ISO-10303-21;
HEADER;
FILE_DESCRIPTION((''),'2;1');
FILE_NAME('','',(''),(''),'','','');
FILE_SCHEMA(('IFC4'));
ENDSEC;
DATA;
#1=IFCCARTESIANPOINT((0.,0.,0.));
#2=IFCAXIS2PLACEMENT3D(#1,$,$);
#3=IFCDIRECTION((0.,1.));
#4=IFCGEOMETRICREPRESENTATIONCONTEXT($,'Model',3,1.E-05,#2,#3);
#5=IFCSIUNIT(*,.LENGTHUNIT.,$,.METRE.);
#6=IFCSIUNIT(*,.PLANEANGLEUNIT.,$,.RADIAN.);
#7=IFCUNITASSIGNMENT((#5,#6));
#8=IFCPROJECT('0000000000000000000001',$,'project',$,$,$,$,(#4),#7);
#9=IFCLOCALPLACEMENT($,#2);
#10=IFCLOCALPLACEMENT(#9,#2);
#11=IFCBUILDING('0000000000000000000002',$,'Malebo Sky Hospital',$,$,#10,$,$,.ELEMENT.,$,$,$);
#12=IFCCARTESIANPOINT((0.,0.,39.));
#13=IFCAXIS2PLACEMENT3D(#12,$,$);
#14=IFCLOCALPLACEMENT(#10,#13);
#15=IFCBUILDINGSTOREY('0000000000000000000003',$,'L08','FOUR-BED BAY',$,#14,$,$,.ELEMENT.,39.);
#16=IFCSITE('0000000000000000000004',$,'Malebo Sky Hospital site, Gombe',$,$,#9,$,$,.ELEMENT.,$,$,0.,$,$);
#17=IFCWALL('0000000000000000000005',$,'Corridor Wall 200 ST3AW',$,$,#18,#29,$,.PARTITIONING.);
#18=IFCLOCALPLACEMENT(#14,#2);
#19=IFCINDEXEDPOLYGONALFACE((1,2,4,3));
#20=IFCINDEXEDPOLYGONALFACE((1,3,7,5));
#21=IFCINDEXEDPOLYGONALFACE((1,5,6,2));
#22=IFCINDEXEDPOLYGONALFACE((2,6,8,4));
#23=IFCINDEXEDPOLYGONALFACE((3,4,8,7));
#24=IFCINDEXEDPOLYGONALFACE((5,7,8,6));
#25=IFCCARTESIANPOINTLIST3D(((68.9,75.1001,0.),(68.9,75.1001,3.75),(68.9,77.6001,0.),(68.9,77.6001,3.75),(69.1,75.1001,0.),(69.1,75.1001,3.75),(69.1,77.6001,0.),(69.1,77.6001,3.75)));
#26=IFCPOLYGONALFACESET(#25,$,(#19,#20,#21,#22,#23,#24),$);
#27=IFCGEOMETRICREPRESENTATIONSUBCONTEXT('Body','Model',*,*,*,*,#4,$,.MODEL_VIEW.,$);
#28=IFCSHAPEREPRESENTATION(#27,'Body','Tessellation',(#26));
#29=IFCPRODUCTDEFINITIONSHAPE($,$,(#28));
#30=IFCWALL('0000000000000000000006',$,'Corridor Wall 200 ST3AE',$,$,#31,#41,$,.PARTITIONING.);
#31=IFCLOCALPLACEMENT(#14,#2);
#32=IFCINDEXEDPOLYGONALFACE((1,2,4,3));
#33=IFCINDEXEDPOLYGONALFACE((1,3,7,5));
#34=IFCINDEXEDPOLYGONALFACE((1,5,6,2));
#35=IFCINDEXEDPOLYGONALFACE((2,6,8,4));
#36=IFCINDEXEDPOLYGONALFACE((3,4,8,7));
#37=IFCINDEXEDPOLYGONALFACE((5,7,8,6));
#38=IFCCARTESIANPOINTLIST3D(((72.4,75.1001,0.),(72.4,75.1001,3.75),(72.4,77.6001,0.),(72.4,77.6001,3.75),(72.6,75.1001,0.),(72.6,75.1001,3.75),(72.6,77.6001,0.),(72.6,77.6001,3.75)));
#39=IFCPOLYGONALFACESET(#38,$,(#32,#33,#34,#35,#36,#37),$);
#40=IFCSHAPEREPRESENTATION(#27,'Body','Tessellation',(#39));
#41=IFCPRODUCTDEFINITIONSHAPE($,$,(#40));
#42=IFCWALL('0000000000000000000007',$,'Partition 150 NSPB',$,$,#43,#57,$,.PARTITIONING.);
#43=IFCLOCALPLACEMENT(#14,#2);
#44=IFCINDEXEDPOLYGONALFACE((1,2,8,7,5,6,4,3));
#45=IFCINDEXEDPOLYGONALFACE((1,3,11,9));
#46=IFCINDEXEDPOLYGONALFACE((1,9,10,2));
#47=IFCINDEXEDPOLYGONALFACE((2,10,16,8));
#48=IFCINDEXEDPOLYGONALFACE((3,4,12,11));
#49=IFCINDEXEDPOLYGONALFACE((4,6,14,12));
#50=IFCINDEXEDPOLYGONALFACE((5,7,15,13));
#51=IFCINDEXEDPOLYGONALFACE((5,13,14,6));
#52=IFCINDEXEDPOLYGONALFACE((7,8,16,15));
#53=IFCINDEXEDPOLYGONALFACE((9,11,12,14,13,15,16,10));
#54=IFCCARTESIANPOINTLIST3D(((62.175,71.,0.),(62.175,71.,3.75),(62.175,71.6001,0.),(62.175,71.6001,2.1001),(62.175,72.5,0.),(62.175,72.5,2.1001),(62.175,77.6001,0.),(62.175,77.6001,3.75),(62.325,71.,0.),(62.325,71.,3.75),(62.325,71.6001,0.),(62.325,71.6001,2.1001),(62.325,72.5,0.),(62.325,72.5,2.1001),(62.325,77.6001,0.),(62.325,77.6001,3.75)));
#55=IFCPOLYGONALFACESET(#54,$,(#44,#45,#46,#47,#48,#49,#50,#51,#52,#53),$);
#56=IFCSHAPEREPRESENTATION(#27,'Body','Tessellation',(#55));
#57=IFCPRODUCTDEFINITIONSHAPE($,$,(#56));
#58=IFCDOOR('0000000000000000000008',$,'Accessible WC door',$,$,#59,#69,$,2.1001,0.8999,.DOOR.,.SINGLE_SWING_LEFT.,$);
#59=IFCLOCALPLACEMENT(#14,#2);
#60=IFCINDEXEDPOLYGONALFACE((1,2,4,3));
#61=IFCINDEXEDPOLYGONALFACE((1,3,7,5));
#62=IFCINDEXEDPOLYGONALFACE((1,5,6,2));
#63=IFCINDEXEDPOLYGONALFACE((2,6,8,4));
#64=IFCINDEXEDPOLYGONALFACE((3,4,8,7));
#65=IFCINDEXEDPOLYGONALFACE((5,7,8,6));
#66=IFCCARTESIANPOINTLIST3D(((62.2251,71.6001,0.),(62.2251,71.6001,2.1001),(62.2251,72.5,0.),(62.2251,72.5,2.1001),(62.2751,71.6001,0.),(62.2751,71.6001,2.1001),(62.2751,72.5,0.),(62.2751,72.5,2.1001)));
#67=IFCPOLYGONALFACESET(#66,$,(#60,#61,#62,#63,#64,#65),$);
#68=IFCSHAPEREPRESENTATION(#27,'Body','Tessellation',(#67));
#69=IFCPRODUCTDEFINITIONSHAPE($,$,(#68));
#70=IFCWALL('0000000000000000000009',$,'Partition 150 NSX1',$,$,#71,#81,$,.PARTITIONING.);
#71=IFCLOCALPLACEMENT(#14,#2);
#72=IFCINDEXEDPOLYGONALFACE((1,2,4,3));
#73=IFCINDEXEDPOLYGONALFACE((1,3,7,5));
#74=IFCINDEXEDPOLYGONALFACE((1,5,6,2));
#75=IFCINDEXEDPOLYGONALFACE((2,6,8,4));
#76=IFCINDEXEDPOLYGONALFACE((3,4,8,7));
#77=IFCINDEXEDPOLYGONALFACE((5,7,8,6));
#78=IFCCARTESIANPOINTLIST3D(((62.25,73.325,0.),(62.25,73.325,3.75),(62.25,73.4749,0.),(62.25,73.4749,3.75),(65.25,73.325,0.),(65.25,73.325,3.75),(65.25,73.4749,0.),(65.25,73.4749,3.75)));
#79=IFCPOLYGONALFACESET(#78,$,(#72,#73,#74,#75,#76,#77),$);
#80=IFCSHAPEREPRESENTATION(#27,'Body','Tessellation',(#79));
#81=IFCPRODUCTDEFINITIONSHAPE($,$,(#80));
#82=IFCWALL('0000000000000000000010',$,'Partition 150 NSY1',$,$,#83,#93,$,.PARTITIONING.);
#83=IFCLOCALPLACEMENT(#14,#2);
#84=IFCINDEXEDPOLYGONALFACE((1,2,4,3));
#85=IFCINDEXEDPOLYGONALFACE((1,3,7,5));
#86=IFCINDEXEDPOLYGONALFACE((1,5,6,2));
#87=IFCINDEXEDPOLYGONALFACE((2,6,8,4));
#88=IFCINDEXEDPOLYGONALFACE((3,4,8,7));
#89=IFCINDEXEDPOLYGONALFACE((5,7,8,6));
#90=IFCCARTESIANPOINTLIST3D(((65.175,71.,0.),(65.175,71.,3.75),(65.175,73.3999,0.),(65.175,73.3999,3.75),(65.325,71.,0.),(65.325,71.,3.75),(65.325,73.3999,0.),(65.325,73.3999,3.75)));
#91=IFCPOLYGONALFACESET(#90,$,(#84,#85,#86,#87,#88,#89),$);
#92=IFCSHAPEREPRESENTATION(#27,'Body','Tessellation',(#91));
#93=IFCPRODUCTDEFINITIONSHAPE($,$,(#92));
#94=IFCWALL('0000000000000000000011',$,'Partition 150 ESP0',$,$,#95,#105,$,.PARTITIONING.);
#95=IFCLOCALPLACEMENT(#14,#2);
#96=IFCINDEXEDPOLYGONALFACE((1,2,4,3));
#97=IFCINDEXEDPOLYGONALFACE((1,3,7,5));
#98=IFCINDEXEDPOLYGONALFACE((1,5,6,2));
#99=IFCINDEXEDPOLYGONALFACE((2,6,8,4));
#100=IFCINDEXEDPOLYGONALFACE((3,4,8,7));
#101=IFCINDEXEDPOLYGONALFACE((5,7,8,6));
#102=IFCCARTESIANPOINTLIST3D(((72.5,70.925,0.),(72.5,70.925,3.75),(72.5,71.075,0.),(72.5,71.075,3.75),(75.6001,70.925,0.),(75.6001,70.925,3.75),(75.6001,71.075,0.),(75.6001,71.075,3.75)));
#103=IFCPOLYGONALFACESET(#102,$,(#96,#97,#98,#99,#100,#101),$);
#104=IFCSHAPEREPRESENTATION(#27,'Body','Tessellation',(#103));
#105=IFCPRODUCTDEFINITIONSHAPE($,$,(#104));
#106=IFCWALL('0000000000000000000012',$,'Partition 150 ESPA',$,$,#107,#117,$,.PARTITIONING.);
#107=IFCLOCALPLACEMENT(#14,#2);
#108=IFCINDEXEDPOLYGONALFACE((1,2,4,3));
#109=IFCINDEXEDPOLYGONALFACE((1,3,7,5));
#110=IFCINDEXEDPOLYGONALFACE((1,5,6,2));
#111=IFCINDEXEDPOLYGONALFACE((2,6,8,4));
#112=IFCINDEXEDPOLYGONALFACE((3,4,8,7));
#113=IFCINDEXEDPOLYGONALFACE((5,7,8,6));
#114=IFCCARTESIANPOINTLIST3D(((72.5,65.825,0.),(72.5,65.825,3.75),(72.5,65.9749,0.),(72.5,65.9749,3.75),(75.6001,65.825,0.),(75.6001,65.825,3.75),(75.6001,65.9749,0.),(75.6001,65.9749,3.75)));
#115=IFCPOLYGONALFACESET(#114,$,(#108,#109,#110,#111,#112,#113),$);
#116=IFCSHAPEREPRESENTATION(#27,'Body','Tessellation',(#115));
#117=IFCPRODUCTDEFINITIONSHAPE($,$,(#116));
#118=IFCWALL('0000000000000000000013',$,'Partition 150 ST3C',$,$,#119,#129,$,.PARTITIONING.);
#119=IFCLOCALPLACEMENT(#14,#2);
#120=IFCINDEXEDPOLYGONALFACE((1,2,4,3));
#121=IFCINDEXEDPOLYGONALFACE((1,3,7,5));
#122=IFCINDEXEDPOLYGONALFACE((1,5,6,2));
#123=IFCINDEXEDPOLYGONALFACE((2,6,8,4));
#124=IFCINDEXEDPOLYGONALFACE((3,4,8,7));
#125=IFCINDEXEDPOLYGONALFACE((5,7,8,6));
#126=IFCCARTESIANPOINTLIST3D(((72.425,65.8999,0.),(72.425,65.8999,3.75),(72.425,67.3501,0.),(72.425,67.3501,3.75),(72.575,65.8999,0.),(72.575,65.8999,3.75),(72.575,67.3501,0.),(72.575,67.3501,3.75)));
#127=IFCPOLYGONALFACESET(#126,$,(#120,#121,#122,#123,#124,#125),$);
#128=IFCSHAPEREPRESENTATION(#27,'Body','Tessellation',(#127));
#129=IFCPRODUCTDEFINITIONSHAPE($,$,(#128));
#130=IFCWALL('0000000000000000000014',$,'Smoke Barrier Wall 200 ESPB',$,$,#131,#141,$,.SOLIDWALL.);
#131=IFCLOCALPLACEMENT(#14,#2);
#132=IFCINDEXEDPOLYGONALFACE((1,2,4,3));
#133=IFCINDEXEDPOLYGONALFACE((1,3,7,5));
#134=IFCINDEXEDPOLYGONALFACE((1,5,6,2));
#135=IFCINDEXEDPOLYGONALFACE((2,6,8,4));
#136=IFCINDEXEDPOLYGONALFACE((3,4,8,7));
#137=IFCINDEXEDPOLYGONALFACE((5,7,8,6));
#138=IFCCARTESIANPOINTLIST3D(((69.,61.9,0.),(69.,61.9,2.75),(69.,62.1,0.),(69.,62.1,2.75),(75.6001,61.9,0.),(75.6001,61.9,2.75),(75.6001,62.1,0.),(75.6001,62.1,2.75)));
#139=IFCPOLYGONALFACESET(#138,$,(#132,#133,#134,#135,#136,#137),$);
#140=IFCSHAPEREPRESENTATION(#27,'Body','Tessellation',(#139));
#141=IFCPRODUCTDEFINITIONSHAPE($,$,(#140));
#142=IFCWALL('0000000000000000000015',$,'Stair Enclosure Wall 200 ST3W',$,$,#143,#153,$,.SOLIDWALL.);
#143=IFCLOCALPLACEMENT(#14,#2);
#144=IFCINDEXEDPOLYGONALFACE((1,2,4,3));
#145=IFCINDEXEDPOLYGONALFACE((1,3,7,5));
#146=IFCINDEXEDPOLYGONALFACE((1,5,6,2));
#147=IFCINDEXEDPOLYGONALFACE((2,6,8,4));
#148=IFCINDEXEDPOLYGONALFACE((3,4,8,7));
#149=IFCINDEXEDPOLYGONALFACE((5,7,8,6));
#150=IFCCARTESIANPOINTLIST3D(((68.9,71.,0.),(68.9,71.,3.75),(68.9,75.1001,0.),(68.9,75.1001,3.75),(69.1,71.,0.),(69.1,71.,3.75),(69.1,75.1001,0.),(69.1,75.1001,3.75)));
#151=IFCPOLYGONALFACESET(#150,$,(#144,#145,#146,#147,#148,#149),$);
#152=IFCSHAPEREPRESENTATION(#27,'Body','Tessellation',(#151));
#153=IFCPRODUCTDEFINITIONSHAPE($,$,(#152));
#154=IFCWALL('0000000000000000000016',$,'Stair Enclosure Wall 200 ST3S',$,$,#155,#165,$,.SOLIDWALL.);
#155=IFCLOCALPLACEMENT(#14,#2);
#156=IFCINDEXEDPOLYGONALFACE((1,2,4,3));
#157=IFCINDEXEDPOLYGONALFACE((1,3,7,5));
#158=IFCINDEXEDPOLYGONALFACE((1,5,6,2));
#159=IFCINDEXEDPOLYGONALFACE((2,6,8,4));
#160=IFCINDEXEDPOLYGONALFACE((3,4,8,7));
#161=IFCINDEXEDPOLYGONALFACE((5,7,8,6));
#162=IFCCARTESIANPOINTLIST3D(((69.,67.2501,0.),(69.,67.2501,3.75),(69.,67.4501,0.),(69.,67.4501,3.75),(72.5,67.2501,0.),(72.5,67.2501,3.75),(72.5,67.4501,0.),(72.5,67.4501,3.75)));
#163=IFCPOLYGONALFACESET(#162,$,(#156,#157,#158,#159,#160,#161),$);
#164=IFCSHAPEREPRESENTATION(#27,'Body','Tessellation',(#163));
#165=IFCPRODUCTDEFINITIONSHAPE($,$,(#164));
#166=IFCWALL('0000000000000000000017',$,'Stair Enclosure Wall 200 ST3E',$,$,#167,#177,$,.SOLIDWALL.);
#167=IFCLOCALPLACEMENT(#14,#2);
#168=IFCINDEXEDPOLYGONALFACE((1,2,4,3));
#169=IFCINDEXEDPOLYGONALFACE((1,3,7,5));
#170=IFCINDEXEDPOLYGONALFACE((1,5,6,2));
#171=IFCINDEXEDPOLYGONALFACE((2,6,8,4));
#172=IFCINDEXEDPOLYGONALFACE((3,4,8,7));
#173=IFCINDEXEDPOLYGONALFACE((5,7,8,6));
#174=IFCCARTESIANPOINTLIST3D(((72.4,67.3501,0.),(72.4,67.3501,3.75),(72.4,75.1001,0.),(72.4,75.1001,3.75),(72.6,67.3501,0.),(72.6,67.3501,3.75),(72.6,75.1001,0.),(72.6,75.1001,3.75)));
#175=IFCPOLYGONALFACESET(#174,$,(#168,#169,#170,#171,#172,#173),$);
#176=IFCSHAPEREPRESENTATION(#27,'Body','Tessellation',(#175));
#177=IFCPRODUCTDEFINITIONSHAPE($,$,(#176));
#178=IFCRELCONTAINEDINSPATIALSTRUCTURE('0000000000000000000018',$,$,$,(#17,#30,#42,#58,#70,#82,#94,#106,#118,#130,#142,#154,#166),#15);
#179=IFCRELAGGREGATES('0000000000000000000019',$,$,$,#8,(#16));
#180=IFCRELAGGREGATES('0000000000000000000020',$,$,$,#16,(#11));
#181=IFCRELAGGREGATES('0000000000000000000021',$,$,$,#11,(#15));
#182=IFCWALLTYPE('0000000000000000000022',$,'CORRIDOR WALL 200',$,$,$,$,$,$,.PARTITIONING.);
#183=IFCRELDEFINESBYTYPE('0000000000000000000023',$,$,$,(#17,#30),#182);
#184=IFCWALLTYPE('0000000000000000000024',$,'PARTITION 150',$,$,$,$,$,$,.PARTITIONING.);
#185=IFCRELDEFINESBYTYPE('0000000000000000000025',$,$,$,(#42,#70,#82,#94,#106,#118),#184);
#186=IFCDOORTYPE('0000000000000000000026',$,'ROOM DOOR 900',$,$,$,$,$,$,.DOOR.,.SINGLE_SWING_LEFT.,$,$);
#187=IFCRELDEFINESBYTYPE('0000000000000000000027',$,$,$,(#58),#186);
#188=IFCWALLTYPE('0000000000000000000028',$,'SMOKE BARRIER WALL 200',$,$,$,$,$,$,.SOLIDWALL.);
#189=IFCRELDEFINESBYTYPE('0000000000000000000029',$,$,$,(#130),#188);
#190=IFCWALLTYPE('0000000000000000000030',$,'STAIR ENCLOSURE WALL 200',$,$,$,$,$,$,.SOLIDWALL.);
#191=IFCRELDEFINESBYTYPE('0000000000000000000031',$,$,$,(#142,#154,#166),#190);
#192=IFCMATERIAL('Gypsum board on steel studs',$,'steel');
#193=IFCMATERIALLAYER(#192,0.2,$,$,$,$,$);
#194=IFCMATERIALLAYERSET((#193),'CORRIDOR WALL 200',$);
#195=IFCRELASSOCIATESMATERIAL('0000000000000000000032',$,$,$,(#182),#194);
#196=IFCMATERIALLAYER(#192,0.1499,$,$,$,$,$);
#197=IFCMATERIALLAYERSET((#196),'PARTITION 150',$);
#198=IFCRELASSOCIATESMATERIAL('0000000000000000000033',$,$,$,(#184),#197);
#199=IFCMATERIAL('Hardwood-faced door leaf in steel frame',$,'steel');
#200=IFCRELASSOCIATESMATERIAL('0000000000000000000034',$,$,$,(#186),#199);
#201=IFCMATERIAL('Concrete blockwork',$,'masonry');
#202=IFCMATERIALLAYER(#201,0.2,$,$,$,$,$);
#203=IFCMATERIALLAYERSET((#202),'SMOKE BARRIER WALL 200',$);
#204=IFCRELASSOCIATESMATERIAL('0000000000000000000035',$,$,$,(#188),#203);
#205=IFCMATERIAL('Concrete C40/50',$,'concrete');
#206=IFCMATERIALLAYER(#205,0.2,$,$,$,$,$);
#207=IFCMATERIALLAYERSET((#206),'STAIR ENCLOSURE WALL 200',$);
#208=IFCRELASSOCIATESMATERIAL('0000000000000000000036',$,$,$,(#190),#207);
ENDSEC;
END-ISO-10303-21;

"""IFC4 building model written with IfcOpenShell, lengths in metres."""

from ifc_helpers import new_model, si_unit, direction, frame, frame_2d, origin, place, context, subcontext, project, spatial, rectangle, extrude, material, layer, layer_set, type_object, element, fill, save


model = new_model("IFC4")

# Units and contexts
model_context = context("Model", 3, precision=1e-05, world=origin(), true_north=direction((0.0, 1.0)))
body_context = subcontext(model_context, "Body", "Model", "MODEL_VIEW")
ifc_project = project(units=[si_unit("LENGTHUNIT", "METRE"), si_unit("PLANEANGLEUNIT", "RADIAN")], contexts=[model_context])

# Site, building, storey
site_placement = place(None, origin())
site = spatial("IfcSite", under=ifc_project, at=site_placement, Name="Malebo Sky Hospital site, Gombe", CompositionType="ELEMENT", RefElevation=0.0)
building_placement = place(site_placement, origin())
building = spatial("IfcBuilding", under=site, at=building_placement, Name="Malebo Sky Hospital", CompositionType="ELEMENT")
storey_placement = place(building_placement, frame((0.0, 0.0, 39.0)))
storey = spatial("IfcBuildingStorey", under=building, at=storey_placement, Name="L08", Description="FOUR-BED BAY", CompositionType="ELEMENT", Elevation=39.0)

# Walls
ifc_material_1 = material(Name="Gypsum board on steel studs", Category="steel")
ifc_layer_1 = layer(ifc_material_1, 0.2)
ifc_layer_set_1 = layer_set([ifc_layer_1], Name="CORRIDOR WALL 200")
wall_type_1 = type_object("IfcWallType", Name="CORRIDOR WALL 200", PredefinedType="PARTITIONING", material=ifc_layer_set_1)
for number, where, z_axis, x_axis, name in (
    (1, (69.0, 75.1001, 0.0), (0.0, 0.0, 1.0), (0.0, 1.0, 0.0), "Corridor Wall 200 ST3AW"),
    (2, (72.5, 75.1001, 0.0), (0.0, 0.0, 1.0), (0.0, 1.0, 0.0), "Corridor Wall 200 ST3AE"),
):
    element("IfcWall", number, at=place(storey_placement, frame(where, z_axis=z_axis, x_axis=x_axis)), inside=storey, type_object=wall_type_1, Name=name, PredefinedType="PARTITIONING", context=body_context, shape_type="SweptSolid", body=[
        extrude(rectangle(XDim=2.5, YDim=0.2, at=frame_2d((1.25, 0.0))), origin(), (0.0, 0.0, 1.0), 3.75),
    ])

# Wall, opening, door
ifc_layer_2 = layer(ifc_material_1, 0.1499)
ifc_layer_set_2 = layer_set([ifc_layer_2], Name="PARTITION 150")
wall_type_2 = type_object("IfcWallType", Name="PARTITION 150", PredefinedType="PARTITIONING", material=ifc_layer_set_2)
wall_1_placement = place(storey_placement, frame((62.25, 71.0, 0.0), z_axis=(0.0, 0.0, 1.0), x_axis=(0.0, 1.0, 0.0)))
wall_1 = element("IfcWall", 3, at=wall_1_placement, inside=storey, type_object=wall_type_2, Name="Partition 150 NSPB", PredefinedType="PARTITIONING", context=body_context, shape_type="SweptSolid", body=[
    extrude(rectangle(XDim=6.6001, YDim=0.1499, at=frame_2d((3.3, 0.0))), origin(), (0.0, 0.0, 1.0), 3.75),
])
opening_1_placement = place(wall_1_placement, frame((0.6001, 0.0, 0.0)))
opening_1 = element("IfcOpeningElement", 4, at=opening_1_placement, cuts=wall_1, PredefinedType="OPENING", context=body_context, shape_type="SweptSolid", body=[
    extrude(rectangle(XDim=0.8999, YDim=2.1001, at=frame_2d((0.45, 1.05))), frame((0.0, 0.085, 0.0), z_axis=(0.0, -1.0, 0.0), x_axis=(1.0, 0.0, 0.0)), (0.0, 0.0, 1.0), 0.1699),
])
ifc_material_2 = material(Name="Hardwood-faced door leaf in steel frame", Category="steel")
door_type_1 = type_object("IfcDoorType", Name="ROOM DOOR 900", OperationType="SINGLE_SWING_LEFT", PredefinedType="DOOR", material=ifc_material_2)
door_1_placement = place(opening_1_placement, origin())
door_1 = element("IfcDoor", 5, at=door_1_placement, inside=storey, type_object=door_type_1, Name="Accessible WC door", OperationType="SINGLE_SWING_LEFT", OverallHeight=2.1001, OverallWidth=0.8999, PredefinedType="DOOR", context=body_context, shape_type="SweptSolid", body=[
    extrude(rectangle(XDim=0.8999, YDim=2.1001, at=frame_2d((0.45, 1.05))), frame((0.0, 0.0249, 0.0), z_axis=(0.0, -1.0, 0.0), x_axis=(1.0, 0.0, 0.0)), (0.0, 0.0, 1.0), 0.05),
])
fill(opening_1, door_1)

# Walls
wall_2_placement = place(storey_placement, frame((62.25, 73.3999, 0.0), z_axis=(0.0, 0.0, 1.0), x_axis=(1.0, 0.0, 0.0)))
element("IfcWall", 6, at=wall_2_placement, inside=storey, type_object=wall_type_2, Name="Partition 150 NSX1", PredefinedType="PARTITIONING", context=body_context, shape_type="SweptSolid", body=[
    extrude(rectangle(XDim=3.0, YDim=0.1499, at=frame_2d((1.5, 0.0))), origin(), (0.0, 0.0, 1.0), 3.75),
])
wall_3_placement = place(storey_placement, frame((65.25, 71.0, 0.0), z_axis=(0.0, 0.0, 1.0), x_axis=(0.0, 1.0, 0.0)))
element("IfcWall", 7, at=wall_3_placement, inside=storey, type_object=wall_type_2, Name="Partition 150 NSY1", PredefinedType="PARTITIONING", context=body_context, shape_type="SweptSolid", body=[
    extrude(rectangle(XDim=2.3999, YDim=0.1499, at=frame_2d((1.2, 0.0))), origin(), (0.0, 0.0, 1.0), 3.75),
])
for number, where, z_axis, x_axis, name in (
    (8, (72.5, 71.0, 0.0), (0.0, 0.0, 1.0), (1.0, 0.0, 0.0), "Partition 150 ESP0"),
    (9, (72.5, 65.8999, 0.0), (0.0, 0.0, 1.0), (1.0, 0.0, 0.0), "Partition 150 ESPA"),
):
    element("IfcWall", number, at=place(storey_placement, frame(where, z_axis=z_axis, x_axis=x_axis)), inside=storey, type_object=wall_type_2, Name=name, PredefinedType="PARTITIONING", context=body_context, shape_type="SweptSolid", body=[
        extrude(rectangle(XDim=3.1001, YDim=0.1499, at=frame_2d((1.55, 0.0))), origin(), (0.0, 0.0, 1.0), 3.75),
    ])
wall_4_placement = place(storey_placement, frame((72.5, 65.8999, 0.0), z_axis=(0.0, 0.0, 1.0), x_axis=(0.0, 1.0, 0.0)))
element("IfcWall", 10, at=wall_4_placement, inside=storey, type_object=wall_type_2, Name="Partition 150 ST3C", PredefinedType="PARTITIONING", context=body_context, shape_type="SweptSolid", body=[
    extrude(rectangle(XDim=1.4502, YDim=0.1499, at=frame_2d((0.7251, 0.0))), origin(), (0.0, 0.0, 1.0), 3.75),
])
ifc_material_3 = material(Name="Concrete blockwork", Category="masonry")
ifc_layer_3 = layer(ifc_material_3, 0.2)
ifc_layer_set_3 = layer_set([ifc_layer_3], Name="SMOKE BARRIER WALL 200")
wall_type_3 = type_object("IfcWallType", Name="SMOKE BARRIER WALL 200", PredefinedType="SOLIDWALL", material=ifc_layer_set_3)
wall_5_placement = place(storey_placement, frame((69.0, 62.0, 0.0), z_axis=(0.0, 0.0, 1.0), x_axis=(1.0, 0.0, 0.0)))
element("IfcWall", 11, at=wall_5_placement, inside=storey, type_object=wall_type_3, Name="Smoke Barrier Wall 200 ESPB", PredefinedType="SOLIDWALL", context=body_context, shape_type="SweptSolid", body=[
    extrude(rectangle(XDim=6.6001, YDim=0.2, at=frame_2d((3.3, 0.0))), origin(), (0.0, 0.0, 1.0), 2.75),
])
ifc_material_4 = material(Name="Concrete C40/50", Category="concrete")
ifc_layer_4 = layer(ifc_material_4, 0.2)
ifc_layer_set_4 = layer_set([ifc_layer_4], Name="STAIR ENCLOSURE WALL 200")
wall_type_4 = type_object("IfcWallType", Name="STAIR ENCLOSURE WALL 200", PredefinedType="SOLIDWALL", material=ifc_layer_set_4)
wall_6_placement = place(storey_placement, frame((69.0, 71.0, 0.0), z_axis=(0.0, 0.0, 1.0), x_axis=(0.0, 1.0, 0.0)))
element("IfcWall", 12, at=wall_6_placement, inside=storey, type_object=wall_type_4, Name="Stair Enclosure Wall 200 ST3W", PredefinedType="SOLIDWALL", context=body_context, shape_type="SweptSolid", body=[
    extrude(rectangle(XDim=4.1001, YDim=0.2, at=frame_2d((2.05, 0.0))), origin(), (0.0, 0.0, 1.0), 3.75),
])
wall_7_placement = place(storey_placement, frame((69.0, 67.3501, 0.0), z_axis=(0.0, 0.0, 1.0), x_axis=(1.0, 0.0, 0.0)))
element("IfcWall", 13, at=wall_7_placement, inside=storey, type_object=wall_type_4, Name="Stair Enclosure Wall 200 ST3S", PredefinedType="SOLIDWALL", context=body_context, shape_type="SweptSolid", body=[
    extrude(rectangle(XDim=3.5, YDim=0.2, at=frame_2d((1.75, 0.0))), origin(), (0.0, 0.0, 1.0), 3.75),
])
wall_8_placement = place(storey_placement, frame((72.5, 67.3501, 0.0), z_axis=(0.0, 0.0, 1.0), x_axis=(0.0, 1.0, 0.0)))
element("IfcWall", 14, at=wall_8_placement, inside=storey, type_object=wall_type_4, Name="Stair Enclosure Wall 200 ST3E", PredefinedType="SOLIDWALL", context=body_context, shape_type="SweptSolid", body=[
    extrude(rectangle(XDim=7.75, YDim=0.2, at=frame_2d((3.875, 0.0))), origin(), (0.0, 0.0, 1.0), 3.75),
])

save(model, "model.ifc")
